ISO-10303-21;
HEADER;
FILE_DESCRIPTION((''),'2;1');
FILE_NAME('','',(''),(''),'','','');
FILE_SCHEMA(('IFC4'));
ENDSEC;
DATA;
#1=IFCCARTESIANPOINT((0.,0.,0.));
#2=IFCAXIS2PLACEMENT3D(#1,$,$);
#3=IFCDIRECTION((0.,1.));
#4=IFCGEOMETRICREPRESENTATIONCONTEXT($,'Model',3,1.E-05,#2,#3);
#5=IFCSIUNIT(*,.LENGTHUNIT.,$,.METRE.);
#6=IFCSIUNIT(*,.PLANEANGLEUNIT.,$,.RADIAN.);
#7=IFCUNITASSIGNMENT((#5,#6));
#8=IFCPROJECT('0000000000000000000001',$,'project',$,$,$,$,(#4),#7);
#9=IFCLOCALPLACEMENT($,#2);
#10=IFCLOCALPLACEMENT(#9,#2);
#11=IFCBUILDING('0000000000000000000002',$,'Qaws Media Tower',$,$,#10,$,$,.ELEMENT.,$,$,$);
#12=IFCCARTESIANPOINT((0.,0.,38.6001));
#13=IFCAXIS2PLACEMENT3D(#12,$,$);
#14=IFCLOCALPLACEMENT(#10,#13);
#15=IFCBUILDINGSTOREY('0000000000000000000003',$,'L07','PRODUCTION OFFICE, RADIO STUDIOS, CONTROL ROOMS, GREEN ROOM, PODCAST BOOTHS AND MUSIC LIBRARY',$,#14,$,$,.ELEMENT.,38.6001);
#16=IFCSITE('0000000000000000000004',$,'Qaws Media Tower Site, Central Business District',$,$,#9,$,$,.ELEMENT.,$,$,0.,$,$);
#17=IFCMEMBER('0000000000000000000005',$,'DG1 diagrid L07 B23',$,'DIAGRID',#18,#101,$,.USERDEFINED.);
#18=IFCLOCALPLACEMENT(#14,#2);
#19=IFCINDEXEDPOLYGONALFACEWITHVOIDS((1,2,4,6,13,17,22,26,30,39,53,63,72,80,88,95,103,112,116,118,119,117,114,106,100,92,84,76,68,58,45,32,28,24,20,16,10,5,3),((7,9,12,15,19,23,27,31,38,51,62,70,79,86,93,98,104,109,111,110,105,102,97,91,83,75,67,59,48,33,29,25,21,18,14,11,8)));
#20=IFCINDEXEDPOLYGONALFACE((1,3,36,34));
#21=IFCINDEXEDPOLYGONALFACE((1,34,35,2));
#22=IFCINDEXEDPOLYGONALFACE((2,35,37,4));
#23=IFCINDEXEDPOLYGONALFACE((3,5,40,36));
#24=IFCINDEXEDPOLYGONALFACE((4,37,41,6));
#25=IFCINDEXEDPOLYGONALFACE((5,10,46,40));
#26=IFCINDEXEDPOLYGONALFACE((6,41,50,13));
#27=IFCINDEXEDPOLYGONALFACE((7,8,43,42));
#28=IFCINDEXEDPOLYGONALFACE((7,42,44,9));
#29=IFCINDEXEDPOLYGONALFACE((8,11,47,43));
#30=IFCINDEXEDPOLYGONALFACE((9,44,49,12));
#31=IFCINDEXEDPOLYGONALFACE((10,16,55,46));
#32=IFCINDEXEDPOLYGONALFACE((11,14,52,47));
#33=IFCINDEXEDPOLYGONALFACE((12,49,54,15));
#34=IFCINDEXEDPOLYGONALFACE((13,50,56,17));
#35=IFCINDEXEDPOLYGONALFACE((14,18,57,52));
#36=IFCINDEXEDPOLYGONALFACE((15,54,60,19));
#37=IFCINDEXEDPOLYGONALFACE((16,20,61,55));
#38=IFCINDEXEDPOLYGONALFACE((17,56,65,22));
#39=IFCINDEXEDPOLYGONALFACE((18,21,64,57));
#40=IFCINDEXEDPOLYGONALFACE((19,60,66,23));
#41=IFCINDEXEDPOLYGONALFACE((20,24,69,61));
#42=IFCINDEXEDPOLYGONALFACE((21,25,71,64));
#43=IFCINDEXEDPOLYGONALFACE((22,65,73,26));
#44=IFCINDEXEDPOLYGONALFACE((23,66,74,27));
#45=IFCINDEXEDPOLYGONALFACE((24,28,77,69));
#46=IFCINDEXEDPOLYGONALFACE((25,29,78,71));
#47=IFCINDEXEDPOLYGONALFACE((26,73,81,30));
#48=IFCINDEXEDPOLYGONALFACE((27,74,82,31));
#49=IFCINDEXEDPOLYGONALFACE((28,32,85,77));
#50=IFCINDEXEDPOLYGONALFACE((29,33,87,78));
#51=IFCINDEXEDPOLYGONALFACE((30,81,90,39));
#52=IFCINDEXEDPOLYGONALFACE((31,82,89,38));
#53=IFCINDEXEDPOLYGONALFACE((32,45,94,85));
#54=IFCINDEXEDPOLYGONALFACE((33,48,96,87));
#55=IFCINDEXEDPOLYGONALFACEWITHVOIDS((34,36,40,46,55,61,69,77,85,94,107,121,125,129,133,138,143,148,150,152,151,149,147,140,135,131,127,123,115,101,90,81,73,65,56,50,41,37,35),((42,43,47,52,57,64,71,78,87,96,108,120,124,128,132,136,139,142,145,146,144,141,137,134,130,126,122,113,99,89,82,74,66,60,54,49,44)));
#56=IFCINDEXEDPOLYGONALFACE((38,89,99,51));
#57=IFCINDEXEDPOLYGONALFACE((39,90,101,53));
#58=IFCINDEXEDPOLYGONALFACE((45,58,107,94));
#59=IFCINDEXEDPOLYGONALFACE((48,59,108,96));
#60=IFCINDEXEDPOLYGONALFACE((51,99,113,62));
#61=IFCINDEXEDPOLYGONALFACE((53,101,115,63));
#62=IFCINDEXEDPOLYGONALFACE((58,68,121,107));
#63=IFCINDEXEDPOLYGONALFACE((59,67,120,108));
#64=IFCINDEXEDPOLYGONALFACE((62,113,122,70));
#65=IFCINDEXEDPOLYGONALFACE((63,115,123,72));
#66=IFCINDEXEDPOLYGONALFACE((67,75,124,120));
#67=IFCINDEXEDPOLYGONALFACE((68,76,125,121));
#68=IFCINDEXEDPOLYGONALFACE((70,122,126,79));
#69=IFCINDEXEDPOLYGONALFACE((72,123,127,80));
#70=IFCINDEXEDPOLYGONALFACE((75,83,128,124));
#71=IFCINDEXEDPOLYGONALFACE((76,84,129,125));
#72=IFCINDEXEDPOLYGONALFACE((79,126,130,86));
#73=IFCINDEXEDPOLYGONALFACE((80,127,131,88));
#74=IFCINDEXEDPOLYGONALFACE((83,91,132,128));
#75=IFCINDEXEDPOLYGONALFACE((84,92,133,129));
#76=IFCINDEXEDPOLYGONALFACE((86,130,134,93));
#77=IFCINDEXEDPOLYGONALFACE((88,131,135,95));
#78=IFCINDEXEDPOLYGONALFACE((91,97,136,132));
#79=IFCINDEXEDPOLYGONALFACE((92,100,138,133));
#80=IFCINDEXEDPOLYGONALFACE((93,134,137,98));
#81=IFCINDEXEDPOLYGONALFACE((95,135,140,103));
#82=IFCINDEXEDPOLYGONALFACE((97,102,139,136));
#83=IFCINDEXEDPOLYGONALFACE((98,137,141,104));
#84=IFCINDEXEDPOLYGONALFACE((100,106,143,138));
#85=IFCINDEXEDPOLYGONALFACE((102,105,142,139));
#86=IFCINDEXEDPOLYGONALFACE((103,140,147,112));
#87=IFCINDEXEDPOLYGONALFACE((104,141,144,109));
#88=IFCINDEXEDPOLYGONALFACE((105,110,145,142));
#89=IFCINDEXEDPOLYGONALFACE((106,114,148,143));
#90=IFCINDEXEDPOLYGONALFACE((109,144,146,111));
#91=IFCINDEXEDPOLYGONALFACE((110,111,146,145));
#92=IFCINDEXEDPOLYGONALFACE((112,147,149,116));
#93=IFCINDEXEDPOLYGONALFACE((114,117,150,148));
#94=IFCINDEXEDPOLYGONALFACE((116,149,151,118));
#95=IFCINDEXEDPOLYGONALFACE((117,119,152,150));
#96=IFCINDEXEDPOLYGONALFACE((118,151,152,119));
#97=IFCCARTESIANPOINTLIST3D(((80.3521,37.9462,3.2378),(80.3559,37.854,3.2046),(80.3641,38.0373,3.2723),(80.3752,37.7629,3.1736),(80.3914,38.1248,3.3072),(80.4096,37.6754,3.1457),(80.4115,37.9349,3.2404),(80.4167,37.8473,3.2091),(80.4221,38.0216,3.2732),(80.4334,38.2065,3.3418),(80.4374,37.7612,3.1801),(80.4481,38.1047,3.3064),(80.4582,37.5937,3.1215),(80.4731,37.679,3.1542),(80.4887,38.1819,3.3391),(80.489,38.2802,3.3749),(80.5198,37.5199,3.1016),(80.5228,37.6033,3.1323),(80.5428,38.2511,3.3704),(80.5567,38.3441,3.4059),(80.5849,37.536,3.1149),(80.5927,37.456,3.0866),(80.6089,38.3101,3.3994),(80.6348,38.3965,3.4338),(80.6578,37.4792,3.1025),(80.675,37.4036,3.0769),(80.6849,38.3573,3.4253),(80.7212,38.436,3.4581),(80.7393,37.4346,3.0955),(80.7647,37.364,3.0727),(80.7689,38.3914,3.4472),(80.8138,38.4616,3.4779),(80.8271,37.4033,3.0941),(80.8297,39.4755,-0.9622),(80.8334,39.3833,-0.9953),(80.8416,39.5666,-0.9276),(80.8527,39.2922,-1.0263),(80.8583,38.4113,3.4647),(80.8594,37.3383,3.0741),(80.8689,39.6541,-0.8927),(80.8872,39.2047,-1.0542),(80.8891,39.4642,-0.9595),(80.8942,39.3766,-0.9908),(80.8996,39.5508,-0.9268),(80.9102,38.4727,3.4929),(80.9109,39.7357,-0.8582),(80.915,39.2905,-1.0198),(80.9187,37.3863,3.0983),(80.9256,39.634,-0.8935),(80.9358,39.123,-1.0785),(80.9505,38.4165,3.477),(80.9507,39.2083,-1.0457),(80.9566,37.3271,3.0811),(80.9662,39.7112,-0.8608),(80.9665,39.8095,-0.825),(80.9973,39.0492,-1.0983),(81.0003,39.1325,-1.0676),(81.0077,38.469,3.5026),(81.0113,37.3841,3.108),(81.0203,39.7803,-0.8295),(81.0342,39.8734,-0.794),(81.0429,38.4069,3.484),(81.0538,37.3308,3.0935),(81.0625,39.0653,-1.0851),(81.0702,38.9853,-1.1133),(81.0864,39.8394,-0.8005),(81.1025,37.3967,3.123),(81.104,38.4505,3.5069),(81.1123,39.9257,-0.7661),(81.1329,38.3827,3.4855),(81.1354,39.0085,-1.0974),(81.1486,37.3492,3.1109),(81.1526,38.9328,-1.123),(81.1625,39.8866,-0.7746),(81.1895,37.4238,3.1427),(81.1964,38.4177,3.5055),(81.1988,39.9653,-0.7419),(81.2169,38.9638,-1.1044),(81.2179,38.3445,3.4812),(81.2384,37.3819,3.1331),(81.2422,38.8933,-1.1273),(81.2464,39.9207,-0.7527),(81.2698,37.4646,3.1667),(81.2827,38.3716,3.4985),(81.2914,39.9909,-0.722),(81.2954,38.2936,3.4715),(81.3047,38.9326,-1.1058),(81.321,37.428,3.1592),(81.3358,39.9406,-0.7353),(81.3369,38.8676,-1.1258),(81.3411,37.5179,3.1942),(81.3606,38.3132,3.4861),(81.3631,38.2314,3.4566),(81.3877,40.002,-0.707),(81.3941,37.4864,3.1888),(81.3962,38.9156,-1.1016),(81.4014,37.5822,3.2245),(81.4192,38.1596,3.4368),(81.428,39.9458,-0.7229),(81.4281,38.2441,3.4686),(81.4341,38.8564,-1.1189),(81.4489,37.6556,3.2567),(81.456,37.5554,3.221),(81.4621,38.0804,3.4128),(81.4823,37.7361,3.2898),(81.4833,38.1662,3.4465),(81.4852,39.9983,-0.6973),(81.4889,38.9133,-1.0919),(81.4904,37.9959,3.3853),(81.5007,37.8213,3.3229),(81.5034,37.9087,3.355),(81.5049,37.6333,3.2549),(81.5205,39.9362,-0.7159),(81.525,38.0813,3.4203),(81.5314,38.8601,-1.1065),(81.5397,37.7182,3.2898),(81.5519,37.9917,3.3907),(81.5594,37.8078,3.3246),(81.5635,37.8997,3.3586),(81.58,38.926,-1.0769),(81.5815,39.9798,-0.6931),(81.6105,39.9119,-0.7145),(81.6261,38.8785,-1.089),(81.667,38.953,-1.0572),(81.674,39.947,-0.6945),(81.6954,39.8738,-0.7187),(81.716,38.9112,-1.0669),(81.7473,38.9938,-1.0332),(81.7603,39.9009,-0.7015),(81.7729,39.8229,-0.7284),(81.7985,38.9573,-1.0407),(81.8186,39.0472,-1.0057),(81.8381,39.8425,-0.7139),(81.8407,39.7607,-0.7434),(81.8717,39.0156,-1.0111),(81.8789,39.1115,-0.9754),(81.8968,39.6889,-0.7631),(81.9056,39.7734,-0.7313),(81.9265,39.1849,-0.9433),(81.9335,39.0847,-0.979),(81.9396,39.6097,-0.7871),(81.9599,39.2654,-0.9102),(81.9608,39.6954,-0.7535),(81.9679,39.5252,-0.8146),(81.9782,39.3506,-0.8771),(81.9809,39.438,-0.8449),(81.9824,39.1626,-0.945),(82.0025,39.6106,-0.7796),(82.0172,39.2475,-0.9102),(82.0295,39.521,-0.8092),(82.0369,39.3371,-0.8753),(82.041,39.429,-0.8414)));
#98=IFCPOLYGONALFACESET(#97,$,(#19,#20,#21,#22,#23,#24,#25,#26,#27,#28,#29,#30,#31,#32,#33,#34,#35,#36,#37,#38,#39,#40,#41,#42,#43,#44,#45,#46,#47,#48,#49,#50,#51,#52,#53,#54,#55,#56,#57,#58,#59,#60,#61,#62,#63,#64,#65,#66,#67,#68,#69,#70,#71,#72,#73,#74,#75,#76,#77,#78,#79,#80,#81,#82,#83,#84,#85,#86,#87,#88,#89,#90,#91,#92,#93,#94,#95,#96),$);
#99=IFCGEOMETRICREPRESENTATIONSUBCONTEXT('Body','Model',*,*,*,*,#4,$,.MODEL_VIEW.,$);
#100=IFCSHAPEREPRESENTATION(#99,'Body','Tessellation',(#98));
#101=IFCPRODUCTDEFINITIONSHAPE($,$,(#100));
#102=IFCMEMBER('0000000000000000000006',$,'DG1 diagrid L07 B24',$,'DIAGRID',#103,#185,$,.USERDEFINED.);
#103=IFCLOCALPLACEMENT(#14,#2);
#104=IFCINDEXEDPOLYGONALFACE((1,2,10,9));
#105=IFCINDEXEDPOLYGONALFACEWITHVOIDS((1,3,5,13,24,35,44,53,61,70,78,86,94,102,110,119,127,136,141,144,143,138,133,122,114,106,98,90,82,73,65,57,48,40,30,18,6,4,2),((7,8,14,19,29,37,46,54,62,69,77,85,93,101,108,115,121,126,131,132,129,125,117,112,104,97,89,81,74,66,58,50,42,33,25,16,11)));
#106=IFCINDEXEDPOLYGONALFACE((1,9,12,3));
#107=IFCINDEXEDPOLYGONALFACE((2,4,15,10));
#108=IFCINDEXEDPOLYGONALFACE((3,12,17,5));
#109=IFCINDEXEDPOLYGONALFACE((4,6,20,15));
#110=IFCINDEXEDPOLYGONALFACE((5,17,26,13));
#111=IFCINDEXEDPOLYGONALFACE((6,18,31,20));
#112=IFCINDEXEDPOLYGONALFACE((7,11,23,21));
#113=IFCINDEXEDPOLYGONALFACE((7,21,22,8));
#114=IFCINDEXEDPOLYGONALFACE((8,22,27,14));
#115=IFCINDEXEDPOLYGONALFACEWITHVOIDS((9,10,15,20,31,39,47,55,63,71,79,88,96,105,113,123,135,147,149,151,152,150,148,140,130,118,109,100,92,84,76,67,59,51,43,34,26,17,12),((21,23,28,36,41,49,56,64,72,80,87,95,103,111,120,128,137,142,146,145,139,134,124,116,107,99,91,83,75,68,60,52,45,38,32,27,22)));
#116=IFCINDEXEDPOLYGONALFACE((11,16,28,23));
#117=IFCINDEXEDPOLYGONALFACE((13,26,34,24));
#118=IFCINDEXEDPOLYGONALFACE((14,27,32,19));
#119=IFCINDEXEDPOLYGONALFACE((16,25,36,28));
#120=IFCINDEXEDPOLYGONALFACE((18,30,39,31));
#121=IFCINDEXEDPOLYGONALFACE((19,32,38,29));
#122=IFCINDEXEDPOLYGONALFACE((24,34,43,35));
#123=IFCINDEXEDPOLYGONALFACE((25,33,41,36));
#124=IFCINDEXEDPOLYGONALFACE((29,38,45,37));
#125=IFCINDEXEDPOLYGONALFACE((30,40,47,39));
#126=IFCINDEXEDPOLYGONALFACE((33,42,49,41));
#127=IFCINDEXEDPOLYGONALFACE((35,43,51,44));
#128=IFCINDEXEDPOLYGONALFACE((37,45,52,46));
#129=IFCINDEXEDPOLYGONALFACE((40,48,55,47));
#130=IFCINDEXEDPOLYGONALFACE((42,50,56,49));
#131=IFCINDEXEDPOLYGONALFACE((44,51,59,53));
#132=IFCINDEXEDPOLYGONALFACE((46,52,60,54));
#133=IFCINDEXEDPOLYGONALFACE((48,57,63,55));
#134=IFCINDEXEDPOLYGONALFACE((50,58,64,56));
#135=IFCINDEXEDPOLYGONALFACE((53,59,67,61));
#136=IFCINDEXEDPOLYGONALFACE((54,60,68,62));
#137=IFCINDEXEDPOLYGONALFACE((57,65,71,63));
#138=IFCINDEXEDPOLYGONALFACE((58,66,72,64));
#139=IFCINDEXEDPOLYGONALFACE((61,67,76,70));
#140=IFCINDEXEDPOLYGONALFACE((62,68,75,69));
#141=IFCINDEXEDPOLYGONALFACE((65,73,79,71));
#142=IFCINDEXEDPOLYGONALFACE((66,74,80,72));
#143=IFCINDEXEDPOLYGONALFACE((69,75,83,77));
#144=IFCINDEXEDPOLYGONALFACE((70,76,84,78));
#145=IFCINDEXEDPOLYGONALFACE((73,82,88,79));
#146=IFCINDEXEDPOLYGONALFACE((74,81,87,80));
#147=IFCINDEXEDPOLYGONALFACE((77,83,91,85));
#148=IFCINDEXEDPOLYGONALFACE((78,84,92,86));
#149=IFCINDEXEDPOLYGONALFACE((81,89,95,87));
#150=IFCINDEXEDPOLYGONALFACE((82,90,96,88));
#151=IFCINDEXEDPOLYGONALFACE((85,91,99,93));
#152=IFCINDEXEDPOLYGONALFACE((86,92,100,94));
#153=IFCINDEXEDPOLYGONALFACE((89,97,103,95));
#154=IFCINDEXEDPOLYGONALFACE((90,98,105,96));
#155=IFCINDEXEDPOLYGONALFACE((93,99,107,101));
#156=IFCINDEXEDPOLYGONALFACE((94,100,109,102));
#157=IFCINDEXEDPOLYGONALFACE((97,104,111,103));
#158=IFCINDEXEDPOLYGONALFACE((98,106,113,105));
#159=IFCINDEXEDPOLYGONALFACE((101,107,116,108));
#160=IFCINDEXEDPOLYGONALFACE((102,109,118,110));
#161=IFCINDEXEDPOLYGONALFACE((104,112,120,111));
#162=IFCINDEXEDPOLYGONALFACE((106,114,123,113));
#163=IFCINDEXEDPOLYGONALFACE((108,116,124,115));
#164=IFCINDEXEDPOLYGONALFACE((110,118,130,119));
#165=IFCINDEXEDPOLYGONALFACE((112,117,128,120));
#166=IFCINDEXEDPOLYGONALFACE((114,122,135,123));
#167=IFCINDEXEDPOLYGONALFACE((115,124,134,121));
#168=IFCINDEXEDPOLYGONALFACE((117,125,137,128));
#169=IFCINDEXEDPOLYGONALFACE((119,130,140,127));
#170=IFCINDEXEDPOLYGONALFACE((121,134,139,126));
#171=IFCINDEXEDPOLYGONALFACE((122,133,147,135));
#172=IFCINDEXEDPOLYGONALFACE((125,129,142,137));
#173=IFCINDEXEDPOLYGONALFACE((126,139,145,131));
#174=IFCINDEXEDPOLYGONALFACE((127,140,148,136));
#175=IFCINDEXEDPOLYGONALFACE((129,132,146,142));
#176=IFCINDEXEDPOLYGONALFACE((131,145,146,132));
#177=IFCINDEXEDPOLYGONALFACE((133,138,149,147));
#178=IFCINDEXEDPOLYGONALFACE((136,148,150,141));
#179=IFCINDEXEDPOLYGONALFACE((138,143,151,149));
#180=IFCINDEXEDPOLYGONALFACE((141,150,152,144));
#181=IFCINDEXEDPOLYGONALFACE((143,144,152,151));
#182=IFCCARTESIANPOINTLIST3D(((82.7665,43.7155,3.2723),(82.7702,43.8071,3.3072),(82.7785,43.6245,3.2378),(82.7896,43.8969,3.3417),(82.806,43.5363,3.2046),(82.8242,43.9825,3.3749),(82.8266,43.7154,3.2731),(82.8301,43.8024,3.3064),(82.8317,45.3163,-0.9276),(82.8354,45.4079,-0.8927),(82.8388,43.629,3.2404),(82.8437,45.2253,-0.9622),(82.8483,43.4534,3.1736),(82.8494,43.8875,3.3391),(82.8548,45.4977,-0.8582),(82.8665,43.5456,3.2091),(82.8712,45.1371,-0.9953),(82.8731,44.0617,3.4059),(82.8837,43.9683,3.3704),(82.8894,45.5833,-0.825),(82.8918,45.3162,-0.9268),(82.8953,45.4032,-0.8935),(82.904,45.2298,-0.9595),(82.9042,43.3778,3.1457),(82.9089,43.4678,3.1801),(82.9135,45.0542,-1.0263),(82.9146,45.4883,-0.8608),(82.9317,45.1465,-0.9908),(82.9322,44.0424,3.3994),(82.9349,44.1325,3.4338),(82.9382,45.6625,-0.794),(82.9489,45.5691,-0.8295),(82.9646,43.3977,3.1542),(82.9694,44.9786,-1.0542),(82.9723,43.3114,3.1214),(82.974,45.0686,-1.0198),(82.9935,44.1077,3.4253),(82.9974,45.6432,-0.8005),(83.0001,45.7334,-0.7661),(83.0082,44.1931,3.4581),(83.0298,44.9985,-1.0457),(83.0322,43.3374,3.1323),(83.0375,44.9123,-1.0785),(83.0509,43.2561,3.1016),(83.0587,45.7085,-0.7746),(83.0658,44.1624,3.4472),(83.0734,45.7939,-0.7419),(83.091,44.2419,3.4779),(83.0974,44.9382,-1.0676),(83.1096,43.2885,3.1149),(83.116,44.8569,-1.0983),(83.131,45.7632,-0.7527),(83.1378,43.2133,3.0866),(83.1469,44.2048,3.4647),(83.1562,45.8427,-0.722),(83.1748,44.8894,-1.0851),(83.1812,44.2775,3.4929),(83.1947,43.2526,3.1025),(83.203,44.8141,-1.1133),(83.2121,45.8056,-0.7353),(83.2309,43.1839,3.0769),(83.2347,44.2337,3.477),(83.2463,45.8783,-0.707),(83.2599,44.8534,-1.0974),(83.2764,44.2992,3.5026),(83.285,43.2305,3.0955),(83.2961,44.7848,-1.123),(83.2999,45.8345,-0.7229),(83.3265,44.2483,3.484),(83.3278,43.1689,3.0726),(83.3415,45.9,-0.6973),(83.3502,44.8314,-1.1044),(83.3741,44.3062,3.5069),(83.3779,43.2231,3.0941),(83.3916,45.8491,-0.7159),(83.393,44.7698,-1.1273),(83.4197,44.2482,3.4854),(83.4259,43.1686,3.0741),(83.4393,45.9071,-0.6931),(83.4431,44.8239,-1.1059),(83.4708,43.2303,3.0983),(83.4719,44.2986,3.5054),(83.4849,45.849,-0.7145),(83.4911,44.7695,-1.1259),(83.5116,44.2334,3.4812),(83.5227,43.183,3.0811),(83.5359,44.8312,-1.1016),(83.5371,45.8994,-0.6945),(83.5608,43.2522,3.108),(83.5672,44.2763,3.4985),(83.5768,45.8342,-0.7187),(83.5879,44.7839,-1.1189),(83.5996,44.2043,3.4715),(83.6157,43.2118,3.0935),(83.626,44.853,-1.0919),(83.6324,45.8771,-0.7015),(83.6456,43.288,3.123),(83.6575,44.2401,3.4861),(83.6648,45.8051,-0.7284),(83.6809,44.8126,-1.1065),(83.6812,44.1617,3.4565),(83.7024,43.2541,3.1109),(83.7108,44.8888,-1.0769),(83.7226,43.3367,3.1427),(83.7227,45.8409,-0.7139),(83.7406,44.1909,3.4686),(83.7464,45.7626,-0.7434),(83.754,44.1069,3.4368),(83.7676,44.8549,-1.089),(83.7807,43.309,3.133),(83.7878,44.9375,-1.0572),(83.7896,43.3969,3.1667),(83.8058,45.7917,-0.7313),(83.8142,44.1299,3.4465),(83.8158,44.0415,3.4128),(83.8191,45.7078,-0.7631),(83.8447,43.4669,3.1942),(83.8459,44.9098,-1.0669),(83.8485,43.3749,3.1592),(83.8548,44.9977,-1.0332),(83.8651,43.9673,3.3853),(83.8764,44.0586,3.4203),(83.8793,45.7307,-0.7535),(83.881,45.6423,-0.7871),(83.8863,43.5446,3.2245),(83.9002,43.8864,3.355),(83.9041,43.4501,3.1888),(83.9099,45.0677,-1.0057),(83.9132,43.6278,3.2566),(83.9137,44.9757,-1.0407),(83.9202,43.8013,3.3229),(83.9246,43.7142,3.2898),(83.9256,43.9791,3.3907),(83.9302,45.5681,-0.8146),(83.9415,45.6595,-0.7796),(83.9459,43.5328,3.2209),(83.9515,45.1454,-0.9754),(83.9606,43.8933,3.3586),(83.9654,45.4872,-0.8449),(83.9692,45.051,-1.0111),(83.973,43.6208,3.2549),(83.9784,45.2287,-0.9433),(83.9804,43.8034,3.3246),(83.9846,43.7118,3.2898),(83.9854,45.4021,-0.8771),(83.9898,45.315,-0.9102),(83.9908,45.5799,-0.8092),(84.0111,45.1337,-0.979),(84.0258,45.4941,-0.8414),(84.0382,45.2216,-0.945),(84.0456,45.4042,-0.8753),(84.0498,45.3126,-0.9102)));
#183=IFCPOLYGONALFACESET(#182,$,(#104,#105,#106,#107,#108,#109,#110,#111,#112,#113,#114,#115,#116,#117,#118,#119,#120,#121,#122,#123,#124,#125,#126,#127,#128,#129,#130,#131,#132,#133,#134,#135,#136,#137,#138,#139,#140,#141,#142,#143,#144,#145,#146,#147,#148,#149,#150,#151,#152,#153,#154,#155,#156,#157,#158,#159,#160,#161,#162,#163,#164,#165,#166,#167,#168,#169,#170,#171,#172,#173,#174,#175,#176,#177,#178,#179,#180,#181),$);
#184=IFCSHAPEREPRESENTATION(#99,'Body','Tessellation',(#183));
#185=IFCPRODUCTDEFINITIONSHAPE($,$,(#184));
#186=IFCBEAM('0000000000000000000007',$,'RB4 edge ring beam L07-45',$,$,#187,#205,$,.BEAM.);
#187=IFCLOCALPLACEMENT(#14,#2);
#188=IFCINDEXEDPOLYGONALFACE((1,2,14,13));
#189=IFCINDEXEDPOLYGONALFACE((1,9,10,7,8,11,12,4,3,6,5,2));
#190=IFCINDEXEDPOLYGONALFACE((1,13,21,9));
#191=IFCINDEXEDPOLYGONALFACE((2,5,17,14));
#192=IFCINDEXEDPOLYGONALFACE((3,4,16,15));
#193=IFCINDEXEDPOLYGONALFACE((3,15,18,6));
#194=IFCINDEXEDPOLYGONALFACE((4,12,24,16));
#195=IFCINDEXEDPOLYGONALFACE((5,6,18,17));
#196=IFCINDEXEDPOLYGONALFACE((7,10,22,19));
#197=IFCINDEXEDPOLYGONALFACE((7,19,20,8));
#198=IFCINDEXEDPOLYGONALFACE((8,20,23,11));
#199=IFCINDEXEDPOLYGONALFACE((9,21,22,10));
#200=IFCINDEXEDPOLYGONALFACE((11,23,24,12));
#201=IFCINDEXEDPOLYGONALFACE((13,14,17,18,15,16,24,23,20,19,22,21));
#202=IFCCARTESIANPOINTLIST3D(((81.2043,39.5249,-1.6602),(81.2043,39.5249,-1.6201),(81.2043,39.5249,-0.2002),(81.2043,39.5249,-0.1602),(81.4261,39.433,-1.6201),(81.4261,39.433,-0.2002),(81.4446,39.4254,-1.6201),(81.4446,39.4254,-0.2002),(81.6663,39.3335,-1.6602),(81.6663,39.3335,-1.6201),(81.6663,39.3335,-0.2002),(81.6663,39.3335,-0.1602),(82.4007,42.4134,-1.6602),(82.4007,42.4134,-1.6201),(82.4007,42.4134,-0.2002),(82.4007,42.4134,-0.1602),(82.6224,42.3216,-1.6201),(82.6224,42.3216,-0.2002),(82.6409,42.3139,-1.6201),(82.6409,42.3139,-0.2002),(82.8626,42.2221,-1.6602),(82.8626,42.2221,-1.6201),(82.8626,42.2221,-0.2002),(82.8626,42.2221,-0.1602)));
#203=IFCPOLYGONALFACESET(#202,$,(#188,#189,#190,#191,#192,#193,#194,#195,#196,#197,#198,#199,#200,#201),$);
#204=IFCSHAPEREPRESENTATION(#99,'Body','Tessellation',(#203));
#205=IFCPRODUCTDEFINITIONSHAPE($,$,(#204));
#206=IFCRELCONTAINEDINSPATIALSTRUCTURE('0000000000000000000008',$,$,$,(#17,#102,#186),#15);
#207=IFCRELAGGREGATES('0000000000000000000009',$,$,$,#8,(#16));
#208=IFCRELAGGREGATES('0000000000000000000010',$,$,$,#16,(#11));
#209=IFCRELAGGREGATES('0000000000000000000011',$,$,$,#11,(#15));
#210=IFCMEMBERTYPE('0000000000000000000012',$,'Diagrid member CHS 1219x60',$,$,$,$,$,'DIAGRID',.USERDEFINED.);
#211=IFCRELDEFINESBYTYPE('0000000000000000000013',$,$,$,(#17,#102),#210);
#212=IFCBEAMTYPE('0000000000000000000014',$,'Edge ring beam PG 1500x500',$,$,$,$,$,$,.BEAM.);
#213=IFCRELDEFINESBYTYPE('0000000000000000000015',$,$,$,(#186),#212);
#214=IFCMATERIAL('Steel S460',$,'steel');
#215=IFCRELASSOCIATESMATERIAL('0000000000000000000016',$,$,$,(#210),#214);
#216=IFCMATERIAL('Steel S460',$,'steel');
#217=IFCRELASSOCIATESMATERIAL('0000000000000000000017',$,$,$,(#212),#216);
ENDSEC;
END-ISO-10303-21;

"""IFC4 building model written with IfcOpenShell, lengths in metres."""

from ifc_helpers import new_model, si_unit, direction, frame, origin, origin_2d, place, context, subcontext, project, spatial, hollow_circle, i_section, extrude, material, material_profile, profile_set, type_object, element, save


model = new_model("IFC4")

# Units and contexts
model_context = context("Model", 3, precision=1e-05, world=origin(), true_north=direction((0.0, 1.0)))
body_context = subcontext(model_context, "Body", "Model", "MODEL_VIEW")
ifc_project = project(units=[si_unit("LENGTHUNIT", "METRE"), si_unit("PLANEANGLEUNIT", "RADIAN")], contexts=[model_context])

# Site, building, storey
site_placement = place(None, origin())
site = spatial("IfcSite", under=ifc_project, at=site_placement, Name="Qaws Media Tower Site, Central Business District", CompositionType="ELEMENT", RefElevation=0.0)
building_placement = place(site_placement, origin())
building = spatial("IfcBuilding", under=site, at=building_placement, Name="Qaws Media Tower", CompositionType="ELEMENT")
storey_placement = place(building_placement, frame((0.0, 0.0, 38.6001)))
storey = spatial("IfcBuildingStorey", under=building, at=storey_placement, Name="L07", Description="PRODUCTION OFFICE, RADIO STUDIOS, CONTROL ROOMS, GREEN ROOM, PODCAST BOOTHS AND MUSIC LIBRARY", CompositionType="ELEMENT", Elevation=38.6001)

# Members
ifc_material_1 = material(Name="Steel S460", Category="steel")
ifc_material_profile_1 = material_profile(ifc_material_1, hollow_circle(Radius=0.6096, WallThickness=0.0601, at=origin_2d()), Name="CHS 1219x60")
ifc_profile_set_1 = profile_set([ifc_material_profile_1], Name="Steel S460")
member_type_1 = type_object("IfcMemberType", Name="Diagrid member CHS 1219x60", ElementType="DIAGRID", PredefinedType="USERDEFINED", material=ifc_profile_set_1)
for number, where, z_axis, x_axis, name in (
    (1, (81.4353, 39.4292, -0.9102), (-0.106234, -0.34021, 0.934329), (0.954545, -0.298067, 0.0), "DG1 diagrid L07 B23"),
    (2, (83.4407, 45.3374, -0.9102), (-0.014501, -0.356123, 0.934327), (0.999172, -0.040686, 0.0), "DG1 diagrid L07 B24"),
):
    element("IfcMember", number, at=place(storey_placement, frame(where, z_axis=z_axis, x_axis=x_axis)), inside=storey, type_object=member_type_1, Name=name, ObjectType="DIAGRID", PredefinedType="USERDEFINED", context=body_context, shape_type="SweptSolid", body=[
        extrude(hollow_circle(Radius=0.6096, WallThickness=0.0601, at=origin_2d()), origin(), (0.0, 0.0, 1.0), 4.4951),
    ])

# Beam
ifc_material_2 = material(Name="Steel S460", Category="steel")
ifc_material_profile_2 = material_profile(ifc_material_2, i_section(OverallWidth=0.5, OverallDepth=1.5, WebThickness=0.02, FlangeThickness=0.04, at=origin_2d()), Name="PG 1500x500")
ifc_profile_set_2 = profile_set([ifc_material_profile_2], Name="Steel S460")
beam_type_1 = type_object("IfcBeamType", Name="Edge ring beam PG 1500x500", PredefinedType="BEAM", material=ifc_profile_set_2)
beam_1_placement = place(storey_placement, frame((81.4353, 39.4292, -0.9102), z_axis=(0.382646, 0.923895, 0.0), x_axis=(-0.923895, 0.382646, 0.0)))
element("IfcBeam", 3, at=beam_1_placement, inside=storey, type_object=beam_type_1, Name="RB4 edge ring beam L07-45", PredefinedType="BEAM", context=body_context, shape_type="SweptSolid", body=[
    extrude(i_section(OverallWidth=0.5, OverallDepth=1.5, WebThickness=0.02, FlangeThickness=0.04, at=origin_2d()), origin(), (0.0, 0.0, 1.0), 3.1265),
])

save(model, "model.ifc")
